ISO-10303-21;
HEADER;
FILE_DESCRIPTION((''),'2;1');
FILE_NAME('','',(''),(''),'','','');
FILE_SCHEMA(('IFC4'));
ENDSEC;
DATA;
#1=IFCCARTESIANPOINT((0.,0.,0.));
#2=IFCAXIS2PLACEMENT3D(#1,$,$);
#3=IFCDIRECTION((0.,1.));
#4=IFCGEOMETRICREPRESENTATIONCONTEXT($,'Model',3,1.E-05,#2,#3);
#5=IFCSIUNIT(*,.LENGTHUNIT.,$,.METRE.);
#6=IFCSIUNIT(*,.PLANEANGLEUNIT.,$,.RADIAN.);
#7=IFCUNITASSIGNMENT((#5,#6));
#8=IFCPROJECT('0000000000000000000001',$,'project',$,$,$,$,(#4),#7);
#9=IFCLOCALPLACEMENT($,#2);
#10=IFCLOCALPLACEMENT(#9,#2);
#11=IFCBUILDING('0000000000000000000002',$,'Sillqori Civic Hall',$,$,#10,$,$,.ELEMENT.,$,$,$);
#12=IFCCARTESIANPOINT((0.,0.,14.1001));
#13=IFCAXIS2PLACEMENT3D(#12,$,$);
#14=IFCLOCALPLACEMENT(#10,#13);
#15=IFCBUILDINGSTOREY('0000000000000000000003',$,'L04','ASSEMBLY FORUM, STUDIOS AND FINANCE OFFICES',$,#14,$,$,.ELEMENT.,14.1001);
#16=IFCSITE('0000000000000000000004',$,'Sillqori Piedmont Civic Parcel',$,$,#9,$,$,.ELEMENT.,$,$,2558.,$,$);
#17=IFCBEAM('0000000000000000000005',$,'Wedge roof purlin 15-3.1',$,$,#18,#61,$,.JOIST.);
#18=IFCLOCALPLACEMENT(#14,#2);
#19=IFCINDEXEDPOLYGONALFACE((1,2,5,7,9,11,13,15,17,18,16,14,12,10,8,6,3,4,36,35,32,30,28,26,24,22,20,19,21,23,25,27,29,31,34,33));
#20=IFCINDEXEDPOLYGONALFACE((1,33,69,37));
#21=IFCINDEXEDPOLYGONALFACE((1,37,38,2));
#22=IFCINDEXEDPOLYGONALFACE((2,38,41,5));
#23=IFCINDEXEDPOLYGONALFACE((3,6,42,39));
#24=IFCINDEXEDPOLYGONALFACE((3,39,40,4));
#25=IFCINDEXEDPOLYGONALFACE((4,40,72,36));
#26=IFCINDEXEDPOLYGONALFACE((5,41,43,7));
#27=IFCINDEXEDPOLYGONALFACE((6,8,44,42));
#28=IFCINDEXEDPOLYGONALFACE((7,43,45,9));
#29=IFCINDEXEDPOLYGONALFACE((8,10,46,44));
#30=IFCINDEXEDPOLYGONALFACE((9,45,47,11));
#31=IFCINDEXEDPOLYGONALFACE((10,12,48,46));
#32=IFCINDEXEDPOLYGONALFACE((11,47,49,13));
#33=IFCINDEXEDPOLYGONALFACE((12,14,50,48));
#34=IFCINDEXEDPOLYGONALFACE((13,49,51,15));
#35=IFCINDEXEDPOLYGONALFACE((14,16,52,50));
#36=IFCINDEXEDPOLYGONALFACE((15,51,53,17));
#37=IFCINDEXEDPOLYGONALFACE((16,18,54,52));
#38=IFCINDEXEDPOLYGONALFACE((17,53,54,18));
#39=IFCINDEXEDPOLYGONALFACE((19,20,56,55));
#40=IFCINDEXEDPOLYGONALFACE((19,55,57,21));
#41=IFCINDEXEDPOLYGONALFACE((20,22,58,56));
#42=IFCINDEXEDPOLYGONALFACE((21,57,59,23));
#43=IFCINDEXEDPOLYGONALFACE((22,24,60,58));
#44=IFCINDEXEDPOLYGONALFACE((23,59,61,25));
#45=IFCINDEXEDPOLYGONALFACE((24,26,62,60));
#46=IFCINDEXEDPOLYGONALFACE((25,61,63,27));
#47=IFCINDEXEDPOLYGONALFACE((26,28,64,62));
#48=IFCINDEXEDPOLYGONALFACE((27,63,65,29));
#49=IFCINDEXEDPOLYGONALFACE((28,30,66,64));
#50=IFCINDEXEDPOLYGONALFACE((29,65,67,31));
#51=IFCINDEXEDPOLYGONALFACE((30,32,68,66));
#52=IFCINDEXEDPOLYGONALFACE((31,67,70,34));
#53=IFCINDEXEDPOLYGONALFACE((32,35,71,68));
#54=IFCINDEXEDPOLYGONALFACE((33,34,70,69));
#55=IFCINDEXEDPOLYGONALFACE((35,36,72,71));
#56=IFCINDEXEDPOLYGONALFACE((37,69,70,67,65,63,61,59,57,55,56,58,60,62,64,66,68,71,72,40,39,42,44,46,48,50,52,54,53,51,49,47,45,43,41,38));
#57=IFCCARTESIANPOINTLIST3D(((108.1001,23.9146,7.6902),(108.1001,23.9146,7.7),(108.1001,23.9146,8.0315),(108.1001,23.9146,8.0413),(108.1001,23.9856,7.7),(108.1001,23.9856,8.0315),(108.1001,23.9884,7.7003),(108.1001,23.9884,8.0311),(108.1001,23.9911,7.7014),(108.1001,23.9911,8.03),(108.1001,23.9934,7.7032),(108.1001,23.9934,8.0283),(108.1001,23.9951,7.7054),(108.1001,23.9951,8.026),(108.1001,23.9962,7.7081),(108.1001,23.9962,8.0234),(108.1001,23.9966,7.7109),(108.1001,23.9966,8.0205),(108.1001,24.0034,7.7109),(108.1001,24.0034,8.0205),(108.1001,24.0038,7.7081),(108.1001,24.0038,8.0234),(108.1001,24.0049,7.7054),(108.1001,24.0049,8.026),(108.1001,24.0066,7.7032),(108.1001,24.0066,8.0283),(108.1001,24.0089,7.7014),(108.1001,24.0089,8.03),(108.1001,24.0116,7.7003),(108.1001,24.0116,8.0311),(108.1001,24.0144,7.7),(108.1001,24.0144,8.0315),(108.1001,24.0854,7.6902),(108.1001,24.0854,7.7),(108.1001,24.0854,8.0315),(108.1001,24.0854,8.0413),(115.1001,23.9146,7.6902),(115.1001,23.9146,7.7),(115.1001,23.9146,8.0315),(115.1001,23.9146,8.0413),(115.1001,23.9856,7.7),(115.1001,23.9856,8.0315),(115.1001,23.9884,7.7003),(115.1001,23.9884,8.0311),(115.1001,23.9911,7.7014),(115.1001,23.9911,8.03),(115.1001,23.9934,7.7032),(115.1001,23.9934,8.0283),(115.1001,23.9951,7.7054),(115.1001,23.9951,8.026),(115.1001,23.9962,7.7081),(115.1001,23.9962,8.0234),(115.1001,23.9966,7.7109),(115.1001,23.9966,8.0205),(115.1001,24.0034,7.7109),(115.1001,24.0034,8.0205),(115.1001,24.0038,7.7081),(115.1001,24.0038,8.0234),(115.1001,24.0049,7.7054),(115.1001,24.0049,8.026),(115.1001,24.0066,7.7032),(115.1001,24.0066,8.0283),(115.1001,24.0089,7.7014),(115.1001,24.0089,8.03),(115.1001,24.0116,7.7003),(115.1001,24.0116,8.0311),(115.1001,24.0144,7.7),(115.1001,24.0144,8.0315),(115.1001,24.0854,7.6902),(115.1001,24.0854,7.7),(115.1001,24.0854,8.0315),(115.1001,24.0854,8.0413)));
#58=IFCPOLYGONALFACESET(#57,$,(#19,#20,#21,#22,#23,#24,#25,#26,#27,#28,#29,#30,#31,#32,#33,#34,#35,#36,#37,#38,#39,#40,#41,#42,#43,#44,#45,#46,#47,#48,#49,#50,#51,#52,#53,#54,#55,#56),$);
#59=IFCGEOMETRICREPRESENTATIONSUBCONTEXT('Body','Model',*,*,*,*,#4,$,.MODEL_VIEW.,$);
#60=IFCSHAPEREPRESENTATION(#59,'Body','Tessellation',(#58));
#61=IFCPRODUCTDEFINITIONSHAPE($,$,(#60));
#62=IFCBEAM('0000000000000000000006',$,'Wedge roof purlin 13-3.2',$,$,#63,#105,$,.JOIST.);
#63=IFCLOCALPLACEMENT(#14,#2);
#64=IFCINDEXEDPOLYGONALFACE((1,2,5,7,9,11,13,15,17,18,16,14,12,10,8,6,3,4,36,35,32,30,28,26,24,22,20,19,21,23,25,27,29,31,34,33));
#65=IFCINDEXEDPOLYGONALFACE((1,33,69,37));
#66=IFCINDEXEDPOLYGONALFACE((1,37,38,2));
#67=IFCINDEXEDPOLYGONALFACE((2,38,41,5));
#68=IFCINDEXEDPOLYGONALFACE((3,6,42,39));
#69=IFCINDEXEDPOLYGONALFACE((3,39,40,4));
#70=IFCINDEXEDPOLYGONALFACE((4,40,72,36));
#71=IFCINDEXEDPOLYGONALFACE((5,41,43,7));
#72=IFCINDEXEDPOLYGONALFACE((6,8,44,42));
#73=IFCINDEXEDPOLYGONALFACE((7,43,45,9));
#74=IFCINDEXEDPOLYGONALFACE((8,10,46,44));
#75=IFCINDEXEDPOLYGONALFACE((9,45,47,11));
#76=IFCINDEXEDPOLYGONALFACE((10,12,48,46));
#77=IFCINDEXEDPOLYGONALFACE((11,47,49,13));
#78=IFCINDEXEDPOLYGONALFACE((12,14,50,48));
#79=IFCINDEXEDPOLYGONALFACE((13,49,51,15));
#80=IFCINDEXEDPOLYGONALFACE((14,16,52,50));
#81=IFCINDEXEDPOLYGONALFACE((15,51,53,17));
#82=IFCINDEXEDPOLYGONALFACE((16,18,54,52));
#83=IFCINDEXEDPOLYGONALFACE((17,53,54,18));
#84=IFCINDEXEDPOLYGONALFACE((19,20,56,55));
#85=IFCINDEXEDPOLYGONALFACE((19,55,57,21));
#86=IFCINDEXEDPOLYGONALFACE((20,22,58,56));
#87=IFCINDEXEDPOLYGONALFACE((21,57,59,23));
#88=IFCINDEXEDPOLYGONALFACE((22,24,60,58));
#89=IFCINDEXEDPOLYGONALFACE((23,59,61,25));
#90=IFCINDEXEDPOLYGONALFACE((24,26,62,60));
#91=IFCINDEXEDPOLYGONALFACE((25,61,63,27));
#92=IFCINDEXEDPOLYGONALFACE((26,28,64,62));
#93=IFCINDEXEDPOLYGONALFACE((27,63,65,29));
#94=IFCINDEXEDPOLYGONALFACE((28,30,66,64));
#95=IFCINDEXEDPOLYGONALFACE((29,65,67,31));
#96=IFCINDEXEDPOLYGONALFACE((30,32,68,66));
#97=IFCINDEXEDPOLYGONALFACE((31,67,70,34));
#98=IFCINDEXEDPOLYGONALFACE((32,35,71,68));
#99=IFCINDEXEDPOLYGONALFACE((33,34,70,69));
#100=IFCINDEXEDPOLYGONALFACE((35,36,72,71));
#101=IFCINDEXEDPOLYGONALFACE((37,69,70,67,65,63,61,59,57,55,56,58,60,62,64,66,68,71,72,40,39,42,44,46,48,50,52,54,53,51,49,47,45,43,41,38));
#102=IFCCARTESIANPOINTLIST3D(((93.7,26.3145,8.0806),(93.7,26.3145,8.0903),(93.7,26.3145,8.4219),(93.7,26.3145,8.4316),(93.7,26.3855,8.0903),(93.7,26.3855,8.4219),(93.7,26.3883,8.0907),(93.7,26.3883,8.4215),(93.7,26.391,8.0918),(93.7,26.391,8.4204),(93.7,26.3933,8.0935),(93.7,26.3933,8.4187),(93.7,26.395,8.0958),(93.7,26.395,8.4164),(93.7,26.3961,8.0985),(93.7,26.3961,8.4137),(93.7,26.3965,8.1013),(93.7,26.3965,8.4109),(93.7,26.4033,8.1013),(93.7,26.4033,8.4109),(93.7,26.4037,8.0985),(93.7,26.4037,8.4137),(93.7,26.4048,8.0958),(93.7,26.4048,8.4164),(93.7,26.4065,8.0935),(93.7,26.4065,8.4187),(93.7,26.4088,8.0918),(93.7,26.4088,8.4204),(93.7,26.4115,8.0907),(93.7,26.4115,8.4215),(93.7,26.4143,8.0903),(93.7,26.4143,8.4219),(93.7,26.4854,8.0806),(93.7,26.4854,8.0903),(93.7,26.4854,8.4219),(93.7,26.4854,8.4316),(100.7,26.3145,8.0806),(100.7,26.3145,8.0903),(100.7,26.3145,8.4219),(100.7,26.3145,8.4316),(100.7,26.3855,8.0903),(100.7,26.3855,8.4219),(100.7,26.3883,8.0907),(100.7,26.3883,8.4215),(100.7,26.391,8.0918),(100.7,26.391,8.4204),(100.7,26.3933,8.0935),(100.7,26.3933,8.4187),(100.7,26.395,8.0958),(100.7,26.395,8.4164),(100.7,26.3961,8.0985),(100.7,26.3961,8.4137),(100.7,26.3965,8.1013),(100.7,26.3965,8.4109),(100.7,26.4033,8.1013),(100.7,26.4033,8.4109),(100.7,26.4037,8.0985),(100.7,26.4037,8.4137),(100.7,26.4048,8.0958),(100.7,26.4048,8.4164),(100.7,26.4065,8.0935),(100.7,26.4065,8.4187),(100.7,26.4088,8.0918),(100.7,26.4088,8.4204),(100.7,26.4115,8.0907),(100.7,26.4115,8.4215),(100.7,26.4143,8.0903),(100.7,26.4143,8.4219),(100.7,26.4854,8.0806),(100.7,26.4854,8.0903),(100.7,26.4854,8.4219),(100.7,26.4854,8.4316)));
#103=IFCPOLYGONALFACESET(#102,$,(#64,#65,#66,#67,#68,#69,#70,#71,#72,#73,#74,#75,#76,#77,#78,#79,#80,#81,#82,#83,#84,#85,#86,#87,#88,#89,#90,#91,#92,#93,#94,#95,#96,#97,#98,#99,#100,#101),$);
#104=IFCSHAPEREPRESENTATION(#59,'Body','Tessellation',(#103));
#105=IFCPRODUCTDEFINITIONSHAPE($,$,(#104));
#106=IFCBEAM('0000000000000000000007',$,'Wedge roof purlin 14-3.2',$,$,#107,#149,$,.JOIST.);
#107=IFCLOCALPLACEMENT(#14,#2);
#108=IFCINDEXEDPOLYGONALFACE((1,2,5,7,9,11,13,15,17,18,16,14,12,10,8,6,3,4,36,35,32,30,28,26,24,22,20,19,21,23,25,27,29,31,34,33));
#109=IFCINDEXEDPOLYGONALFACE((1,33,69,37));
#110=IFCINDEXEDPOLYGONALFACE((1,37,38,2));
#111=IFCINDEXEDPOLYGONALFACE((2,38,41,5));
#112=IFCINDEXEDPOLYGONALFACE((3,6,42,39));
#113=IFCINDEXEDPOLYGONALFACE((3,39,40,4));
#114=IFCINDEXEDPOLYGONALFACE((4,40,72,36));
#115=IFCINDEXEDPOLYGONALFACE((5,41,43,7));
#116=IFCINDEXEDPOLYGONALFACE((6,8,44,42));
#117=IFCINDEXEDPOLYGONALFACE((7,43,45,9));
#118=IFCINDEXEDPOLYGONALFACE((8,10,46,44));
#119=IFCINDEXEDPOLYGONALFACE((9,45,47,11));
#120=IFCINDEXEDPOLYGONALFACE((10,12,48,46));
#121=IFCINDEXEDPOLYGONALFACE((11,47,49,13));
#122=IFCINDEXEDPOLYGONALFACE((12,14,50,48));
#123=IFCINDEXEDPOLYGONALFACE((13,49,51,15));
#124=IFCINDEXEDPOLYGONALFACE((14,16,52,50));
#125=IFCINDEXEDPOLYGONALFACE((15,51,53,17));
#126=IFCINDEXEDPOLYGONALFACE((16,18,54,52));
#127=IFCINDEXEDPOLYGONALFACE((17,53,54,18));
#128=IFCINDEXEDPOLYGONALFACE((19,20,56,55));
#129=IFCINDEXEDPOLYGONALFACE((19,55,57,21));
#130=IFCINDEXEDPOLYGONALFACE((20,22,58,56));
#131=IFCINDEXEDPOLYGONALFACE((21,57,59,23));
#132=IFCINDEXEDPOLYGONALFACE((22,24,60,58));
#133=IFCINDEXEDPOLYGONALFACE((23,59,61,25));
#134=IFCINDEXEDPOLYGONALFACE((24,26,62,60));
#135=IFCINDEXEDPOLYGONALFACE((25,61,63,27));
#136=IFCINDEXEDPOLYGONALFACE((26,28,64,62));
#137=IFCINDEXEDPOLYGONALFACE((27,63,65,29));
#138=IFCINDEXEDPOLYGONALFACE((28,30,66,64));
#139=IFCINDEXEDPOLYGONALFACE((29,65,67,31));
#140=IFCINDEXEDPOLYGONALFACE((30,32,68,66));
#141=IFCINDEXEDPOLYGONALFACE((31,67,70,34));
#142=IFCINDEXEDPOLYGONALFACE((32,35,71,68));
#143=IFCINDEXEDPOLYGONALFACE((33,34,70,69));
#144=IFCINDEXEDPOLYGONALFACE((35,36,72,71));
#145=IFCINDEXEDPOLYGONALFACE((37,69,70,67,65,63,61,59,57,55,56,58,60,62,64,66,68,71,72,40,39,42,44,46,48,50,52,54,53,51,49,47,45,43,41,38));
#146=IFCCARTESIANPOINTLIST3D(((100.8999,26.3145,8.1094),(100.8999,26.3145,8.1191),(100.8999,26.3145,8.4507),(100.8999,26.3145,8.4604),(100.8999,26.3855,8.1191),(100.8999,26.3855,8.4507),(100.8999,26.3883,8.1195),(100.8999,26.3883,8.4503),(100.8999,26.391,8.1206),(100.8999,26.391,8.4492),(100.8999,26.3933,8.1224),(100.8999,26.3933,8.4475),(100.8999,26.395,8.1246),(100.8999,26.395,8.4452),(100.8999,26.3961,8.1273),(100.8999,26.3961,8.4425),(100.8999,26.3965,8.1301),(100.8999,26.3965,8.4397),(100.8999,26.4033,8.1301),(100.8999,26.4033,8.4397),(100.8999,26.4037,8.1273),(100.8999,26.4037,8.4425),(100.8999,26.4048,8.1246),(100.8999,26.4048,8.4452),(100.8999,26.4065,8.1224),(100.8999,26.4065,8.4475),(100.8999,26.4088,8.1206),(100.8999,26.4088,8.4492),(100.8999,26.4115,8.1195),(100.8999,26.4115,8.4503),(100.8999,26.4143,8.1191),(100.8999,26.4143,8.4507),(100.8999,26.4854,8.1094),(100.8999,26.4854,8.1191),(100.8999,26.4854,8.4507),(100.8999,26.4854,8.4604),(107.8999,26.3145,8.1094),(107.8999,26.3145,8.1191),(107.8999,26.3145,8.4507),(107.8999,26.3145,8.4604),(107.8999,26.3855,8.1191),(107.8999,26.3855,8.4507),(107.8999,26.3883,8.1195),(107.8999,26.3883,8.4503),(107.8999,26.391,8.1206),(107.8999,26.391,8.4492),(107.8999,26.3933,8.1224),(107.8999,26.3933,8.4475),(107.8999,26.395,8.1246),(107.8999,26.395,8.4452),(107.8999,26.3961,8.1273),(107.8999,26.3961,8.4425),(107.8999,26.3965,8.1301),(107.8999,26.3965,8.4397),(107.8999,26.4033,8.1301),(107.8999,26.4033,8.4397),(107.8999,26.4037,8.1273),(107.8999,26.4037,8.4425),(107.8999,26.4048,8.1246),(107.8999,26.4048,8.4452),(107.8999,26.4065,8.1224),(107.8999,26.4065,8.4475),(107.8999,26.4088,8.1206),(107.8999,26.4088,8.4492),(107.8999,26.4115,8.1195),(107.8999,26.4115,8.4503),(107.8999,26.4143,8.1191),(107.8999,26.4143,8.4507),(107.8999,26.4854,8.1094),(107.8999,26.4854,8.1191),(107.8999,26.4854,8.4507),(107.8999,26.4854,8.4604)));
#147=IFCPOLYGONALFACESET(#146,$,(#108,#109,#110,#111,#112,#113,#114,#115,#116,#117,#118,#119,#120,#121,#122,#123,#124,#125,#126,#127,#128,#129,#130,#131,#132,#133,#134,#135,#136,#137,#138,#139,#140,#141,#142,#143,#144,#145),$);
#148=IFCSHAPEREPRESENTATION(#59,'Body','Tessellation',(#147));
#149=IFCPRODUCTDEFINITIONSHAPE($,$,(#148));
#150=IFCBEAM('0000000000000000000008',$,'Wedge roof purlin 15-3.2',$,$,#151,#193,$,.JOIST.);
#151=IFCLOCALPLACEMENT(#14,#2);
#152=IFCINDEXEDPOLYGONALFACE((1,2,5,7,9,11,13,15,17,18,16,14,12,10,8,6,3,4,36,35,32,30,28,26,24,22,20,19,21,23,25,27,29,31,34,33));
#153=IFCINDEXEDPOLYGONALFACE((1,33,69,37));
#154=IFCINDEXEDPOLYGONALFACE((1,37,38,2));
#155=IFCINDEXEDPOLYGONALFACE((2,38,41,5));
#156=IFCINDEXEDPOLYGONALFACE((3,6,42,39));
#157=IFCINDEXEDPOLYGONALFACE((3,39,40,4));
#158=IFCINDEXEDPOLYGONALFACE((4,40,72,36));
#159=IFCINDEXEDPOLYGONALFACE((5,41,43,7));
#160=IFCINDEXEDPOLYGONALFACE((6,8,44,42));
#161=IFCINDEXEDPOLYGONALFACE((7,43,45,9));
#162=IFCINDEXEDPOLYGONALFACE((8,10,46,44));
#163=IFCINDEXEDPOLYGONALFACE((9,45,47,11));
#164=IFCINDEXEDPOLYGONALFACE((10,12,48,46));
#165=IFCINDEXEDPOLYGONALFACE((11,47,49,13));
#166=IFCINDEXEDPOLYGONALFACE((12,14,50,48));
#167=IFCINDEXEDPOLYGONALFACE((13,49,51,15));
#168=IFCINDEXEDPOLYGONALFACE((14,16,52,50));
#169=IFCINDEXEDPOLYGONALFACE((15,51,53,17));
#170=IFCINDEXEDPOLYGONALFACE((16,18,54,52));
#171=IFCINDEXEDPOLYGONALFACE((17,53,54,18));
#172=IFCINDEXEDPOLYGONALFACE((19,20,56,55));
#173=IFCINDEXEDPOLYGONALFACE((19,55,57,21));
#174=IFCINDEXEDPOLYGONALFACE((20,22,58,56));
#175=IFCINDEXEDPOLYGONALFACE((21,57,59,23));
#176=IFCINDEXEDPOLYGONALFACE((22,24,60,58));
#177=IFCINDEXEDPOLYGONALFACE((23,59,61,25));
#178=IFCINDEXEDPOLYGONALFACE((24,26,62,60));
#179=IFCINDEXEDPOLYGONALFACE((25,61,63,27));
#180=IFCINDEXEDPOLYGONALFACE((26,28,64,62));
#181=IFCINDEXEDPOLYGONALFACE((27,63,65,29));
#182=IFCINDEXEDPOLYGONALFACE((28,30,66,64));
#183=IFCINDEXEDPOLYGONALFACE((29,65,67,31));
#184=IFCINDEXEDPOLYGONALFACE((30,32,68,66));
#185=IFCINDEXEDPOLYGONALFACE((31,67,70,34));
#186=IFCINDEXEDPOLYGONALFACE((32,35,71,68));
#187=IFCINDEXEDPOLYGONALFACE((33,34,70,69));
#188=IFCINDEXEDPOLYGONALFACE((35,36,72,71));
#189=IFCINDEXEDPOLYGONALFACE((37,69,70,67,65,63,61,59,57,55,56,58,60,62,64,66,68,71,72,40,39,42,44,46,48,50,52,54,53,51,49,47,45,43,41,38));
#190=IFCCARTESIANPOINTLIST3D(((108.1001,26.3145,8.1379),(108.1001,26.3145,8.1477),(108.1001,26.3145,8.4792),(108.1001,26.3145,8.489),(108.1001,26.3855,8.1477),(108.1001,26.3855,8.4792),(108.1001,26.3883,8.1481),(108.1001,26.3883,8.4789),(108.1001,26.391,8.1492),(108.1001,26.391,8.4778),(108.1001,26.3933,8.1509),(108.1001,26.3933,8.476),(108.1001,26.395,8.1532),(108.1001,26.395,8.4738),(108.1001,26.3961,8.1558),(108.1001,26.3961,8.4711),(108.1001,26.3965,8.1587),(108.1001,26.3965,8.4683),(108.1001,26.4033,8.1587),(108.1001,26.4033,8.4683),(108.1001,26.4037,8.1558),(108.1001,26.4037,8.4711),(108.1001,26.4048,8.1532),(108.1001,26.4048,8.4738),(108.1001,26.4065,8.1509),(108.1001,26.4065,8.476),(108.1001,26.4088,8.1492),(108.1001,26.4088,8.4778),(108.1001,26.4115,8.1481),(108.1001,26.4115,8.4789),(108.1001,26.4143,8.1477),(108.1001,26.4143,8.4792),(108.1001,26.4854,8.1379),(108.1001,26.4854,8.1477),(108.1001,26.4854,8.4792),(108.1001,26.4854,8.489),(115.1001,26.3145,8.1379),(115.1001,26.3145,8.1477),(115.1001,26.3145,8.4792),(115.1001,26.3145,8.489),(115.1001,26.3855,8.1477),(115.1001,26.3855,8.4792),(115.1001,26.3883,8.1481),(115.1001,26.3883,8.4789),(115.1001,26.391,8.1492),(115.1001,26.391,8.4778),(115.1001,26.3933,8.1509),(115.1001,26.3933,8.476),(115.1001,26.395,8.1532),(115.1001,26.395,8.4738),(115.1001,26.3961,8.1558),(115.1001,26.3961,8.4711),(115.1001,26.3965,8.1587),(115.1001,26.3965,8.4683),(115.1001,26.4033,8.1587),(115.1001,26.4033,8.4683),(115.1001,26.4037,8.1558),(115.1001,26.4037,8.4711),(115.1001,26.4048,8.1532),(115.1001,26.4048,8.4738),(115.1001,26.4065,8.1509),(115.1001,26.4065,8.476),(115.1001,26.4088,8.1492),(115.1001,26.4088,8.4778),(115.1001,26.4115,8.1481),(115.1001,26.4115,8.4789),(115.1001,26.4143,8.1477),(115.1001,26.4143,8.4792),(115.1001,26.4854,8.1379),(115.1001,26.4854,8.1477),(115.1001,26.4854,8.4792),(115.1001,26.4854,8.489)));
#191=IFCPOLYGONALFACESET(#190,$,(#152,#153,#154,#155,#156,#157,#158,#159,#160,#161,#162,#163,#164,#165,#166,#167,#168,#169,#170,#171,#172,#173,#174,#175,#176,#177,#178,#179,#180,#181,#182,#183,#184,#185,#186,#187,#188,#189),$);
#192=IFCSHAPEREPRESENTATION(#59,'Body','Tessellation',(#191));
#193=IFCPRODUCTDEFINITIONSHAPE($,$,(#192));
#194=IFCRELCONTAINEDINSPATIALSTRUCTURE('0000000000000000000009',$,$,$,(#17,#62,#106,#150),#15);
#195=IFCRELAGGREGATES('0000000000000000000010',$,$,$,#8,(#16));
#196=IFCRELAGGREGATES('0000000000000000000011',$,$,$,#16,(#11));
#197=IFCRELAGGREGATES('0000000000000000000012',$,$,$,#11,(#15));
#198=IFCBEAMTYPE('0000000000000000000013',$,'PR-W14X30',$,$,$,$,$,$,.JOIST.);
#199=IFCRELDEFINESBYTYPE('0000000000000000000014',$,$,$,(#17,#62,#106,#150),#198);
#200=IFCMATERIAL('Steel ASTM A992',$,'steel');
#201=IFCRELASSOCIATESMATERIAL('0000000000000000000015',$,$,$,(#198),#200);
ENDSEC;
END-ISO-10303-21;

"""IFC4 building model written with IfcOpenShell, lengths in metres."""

from ifc_helpers import new_model, si_unit, direction, frame, origin, origin_2d, place, context, subcontext, project, spatial, i_section, extrude, material, material_profile, profile_set, type_object, element, save


model = new_model("IFC4")

# Units and contexts
model_context = context("Model", 3, precision=1e-05, world=origin(), true_north=direction((0.0, 1.0)))
body_context = subcontext(model_context, "Body", "Model", "MODEL_VIEW")
ifc_project = project(units=[si_unit("LENGTHUNIT", "METRE"), si_unit("PLANEANGLEUNIT", "RADIAN")], contexts=[model_context])

# Site, building, storey
site_placement = place(None, origin())
site = spatial("IfcSite", under=ifc_project, at=site_placement, Name="Sillqori Piedmont Civic Parcel", CompositionType="ELEMENT", RefElevation=2558.0)
building_placement = place(site_placement, origin())
building = spatial("IfcBuilding", under=site, at=building_placement, Name="Sillqori Civic Hall", CompositionType="ELEMENT")
storey_placement = place(building_placement, frame((0.0, 0.0, 14.1001)))
storey = spatial("IfcBuildingStorey", under=building, at=storey_placement, Name="L04", Description="ASSEMBLY FORUM, STUDIOS AND FINANCE OFFICES", CompositionType="ELEMENT", Elevation=14.1001)

# Shared definitions
ifc_material_1 = material(Name="Steel ASTM A992", Category="steel")

# Beams
ifc_material_profile_1 = material_profile(ifc_material_1, i_section(OverallWidth=0.1709, OverallDepth=0.3511, WebThickness=0.0068, FlangeThickness=0.0098, FilletRadius=0.011, at=origin_2d()), Name="W14X30")
ifc_profile_set_1 = profile_set([ifc_material_profile_1], Name="Steel ASTM A992")
beam_type_1 = type_object("IfcBeamType", Name="PR-W14X30", PredefinedType="JOIST", material=ifc_profile_set_1)
for number, where, z_axis, x_axis, name in (
    (1, (108.1001, 24.0, 7.8657), (1.0, 0.0, 0.0), (0.0, 1.0, 0.0), "Wedge roof purlin 15-3.1"),
    (2, (93.7, 26.3999, 8.2561), (1.0, 0.0, 0.0), (0.0, 1.0, 0.0), "Wedge roof purlin 13-3.2"),
    (3, (100.8999, 26.3999, 8.2849), (1.0, 0.0, 0.0), (0.0, 1.0, 0.0), "Wedge roof purlin 14-3.2"),
    (4, (108.1001, 26.3999, 8.3135), (1.0, 0.0, 0.0), (0.0, 1.0, 0.0), "Wedge roof purlin 15-3.2"),
):
    element("IfcBeam", number, at=place(storey_placement, frame(where, z_axis=z_axis, x_axis=x_axis)), inside=storey, type_object=beam_type_1, Name=name, PredefinedType="JOIST", context=body_context, shape_type="SweptSolid", body=[
        extrude(i_section(OverallWidth=0.1709, OverallDepth=0.3511, WebThickness=0.0068, FlangeThickness=0.0098, FilletRadius=0.011, at=origin_2d()), origin(), (0.0, 0.0, 1.0), 7.0),
    ])

save(model, "model.ifc")
